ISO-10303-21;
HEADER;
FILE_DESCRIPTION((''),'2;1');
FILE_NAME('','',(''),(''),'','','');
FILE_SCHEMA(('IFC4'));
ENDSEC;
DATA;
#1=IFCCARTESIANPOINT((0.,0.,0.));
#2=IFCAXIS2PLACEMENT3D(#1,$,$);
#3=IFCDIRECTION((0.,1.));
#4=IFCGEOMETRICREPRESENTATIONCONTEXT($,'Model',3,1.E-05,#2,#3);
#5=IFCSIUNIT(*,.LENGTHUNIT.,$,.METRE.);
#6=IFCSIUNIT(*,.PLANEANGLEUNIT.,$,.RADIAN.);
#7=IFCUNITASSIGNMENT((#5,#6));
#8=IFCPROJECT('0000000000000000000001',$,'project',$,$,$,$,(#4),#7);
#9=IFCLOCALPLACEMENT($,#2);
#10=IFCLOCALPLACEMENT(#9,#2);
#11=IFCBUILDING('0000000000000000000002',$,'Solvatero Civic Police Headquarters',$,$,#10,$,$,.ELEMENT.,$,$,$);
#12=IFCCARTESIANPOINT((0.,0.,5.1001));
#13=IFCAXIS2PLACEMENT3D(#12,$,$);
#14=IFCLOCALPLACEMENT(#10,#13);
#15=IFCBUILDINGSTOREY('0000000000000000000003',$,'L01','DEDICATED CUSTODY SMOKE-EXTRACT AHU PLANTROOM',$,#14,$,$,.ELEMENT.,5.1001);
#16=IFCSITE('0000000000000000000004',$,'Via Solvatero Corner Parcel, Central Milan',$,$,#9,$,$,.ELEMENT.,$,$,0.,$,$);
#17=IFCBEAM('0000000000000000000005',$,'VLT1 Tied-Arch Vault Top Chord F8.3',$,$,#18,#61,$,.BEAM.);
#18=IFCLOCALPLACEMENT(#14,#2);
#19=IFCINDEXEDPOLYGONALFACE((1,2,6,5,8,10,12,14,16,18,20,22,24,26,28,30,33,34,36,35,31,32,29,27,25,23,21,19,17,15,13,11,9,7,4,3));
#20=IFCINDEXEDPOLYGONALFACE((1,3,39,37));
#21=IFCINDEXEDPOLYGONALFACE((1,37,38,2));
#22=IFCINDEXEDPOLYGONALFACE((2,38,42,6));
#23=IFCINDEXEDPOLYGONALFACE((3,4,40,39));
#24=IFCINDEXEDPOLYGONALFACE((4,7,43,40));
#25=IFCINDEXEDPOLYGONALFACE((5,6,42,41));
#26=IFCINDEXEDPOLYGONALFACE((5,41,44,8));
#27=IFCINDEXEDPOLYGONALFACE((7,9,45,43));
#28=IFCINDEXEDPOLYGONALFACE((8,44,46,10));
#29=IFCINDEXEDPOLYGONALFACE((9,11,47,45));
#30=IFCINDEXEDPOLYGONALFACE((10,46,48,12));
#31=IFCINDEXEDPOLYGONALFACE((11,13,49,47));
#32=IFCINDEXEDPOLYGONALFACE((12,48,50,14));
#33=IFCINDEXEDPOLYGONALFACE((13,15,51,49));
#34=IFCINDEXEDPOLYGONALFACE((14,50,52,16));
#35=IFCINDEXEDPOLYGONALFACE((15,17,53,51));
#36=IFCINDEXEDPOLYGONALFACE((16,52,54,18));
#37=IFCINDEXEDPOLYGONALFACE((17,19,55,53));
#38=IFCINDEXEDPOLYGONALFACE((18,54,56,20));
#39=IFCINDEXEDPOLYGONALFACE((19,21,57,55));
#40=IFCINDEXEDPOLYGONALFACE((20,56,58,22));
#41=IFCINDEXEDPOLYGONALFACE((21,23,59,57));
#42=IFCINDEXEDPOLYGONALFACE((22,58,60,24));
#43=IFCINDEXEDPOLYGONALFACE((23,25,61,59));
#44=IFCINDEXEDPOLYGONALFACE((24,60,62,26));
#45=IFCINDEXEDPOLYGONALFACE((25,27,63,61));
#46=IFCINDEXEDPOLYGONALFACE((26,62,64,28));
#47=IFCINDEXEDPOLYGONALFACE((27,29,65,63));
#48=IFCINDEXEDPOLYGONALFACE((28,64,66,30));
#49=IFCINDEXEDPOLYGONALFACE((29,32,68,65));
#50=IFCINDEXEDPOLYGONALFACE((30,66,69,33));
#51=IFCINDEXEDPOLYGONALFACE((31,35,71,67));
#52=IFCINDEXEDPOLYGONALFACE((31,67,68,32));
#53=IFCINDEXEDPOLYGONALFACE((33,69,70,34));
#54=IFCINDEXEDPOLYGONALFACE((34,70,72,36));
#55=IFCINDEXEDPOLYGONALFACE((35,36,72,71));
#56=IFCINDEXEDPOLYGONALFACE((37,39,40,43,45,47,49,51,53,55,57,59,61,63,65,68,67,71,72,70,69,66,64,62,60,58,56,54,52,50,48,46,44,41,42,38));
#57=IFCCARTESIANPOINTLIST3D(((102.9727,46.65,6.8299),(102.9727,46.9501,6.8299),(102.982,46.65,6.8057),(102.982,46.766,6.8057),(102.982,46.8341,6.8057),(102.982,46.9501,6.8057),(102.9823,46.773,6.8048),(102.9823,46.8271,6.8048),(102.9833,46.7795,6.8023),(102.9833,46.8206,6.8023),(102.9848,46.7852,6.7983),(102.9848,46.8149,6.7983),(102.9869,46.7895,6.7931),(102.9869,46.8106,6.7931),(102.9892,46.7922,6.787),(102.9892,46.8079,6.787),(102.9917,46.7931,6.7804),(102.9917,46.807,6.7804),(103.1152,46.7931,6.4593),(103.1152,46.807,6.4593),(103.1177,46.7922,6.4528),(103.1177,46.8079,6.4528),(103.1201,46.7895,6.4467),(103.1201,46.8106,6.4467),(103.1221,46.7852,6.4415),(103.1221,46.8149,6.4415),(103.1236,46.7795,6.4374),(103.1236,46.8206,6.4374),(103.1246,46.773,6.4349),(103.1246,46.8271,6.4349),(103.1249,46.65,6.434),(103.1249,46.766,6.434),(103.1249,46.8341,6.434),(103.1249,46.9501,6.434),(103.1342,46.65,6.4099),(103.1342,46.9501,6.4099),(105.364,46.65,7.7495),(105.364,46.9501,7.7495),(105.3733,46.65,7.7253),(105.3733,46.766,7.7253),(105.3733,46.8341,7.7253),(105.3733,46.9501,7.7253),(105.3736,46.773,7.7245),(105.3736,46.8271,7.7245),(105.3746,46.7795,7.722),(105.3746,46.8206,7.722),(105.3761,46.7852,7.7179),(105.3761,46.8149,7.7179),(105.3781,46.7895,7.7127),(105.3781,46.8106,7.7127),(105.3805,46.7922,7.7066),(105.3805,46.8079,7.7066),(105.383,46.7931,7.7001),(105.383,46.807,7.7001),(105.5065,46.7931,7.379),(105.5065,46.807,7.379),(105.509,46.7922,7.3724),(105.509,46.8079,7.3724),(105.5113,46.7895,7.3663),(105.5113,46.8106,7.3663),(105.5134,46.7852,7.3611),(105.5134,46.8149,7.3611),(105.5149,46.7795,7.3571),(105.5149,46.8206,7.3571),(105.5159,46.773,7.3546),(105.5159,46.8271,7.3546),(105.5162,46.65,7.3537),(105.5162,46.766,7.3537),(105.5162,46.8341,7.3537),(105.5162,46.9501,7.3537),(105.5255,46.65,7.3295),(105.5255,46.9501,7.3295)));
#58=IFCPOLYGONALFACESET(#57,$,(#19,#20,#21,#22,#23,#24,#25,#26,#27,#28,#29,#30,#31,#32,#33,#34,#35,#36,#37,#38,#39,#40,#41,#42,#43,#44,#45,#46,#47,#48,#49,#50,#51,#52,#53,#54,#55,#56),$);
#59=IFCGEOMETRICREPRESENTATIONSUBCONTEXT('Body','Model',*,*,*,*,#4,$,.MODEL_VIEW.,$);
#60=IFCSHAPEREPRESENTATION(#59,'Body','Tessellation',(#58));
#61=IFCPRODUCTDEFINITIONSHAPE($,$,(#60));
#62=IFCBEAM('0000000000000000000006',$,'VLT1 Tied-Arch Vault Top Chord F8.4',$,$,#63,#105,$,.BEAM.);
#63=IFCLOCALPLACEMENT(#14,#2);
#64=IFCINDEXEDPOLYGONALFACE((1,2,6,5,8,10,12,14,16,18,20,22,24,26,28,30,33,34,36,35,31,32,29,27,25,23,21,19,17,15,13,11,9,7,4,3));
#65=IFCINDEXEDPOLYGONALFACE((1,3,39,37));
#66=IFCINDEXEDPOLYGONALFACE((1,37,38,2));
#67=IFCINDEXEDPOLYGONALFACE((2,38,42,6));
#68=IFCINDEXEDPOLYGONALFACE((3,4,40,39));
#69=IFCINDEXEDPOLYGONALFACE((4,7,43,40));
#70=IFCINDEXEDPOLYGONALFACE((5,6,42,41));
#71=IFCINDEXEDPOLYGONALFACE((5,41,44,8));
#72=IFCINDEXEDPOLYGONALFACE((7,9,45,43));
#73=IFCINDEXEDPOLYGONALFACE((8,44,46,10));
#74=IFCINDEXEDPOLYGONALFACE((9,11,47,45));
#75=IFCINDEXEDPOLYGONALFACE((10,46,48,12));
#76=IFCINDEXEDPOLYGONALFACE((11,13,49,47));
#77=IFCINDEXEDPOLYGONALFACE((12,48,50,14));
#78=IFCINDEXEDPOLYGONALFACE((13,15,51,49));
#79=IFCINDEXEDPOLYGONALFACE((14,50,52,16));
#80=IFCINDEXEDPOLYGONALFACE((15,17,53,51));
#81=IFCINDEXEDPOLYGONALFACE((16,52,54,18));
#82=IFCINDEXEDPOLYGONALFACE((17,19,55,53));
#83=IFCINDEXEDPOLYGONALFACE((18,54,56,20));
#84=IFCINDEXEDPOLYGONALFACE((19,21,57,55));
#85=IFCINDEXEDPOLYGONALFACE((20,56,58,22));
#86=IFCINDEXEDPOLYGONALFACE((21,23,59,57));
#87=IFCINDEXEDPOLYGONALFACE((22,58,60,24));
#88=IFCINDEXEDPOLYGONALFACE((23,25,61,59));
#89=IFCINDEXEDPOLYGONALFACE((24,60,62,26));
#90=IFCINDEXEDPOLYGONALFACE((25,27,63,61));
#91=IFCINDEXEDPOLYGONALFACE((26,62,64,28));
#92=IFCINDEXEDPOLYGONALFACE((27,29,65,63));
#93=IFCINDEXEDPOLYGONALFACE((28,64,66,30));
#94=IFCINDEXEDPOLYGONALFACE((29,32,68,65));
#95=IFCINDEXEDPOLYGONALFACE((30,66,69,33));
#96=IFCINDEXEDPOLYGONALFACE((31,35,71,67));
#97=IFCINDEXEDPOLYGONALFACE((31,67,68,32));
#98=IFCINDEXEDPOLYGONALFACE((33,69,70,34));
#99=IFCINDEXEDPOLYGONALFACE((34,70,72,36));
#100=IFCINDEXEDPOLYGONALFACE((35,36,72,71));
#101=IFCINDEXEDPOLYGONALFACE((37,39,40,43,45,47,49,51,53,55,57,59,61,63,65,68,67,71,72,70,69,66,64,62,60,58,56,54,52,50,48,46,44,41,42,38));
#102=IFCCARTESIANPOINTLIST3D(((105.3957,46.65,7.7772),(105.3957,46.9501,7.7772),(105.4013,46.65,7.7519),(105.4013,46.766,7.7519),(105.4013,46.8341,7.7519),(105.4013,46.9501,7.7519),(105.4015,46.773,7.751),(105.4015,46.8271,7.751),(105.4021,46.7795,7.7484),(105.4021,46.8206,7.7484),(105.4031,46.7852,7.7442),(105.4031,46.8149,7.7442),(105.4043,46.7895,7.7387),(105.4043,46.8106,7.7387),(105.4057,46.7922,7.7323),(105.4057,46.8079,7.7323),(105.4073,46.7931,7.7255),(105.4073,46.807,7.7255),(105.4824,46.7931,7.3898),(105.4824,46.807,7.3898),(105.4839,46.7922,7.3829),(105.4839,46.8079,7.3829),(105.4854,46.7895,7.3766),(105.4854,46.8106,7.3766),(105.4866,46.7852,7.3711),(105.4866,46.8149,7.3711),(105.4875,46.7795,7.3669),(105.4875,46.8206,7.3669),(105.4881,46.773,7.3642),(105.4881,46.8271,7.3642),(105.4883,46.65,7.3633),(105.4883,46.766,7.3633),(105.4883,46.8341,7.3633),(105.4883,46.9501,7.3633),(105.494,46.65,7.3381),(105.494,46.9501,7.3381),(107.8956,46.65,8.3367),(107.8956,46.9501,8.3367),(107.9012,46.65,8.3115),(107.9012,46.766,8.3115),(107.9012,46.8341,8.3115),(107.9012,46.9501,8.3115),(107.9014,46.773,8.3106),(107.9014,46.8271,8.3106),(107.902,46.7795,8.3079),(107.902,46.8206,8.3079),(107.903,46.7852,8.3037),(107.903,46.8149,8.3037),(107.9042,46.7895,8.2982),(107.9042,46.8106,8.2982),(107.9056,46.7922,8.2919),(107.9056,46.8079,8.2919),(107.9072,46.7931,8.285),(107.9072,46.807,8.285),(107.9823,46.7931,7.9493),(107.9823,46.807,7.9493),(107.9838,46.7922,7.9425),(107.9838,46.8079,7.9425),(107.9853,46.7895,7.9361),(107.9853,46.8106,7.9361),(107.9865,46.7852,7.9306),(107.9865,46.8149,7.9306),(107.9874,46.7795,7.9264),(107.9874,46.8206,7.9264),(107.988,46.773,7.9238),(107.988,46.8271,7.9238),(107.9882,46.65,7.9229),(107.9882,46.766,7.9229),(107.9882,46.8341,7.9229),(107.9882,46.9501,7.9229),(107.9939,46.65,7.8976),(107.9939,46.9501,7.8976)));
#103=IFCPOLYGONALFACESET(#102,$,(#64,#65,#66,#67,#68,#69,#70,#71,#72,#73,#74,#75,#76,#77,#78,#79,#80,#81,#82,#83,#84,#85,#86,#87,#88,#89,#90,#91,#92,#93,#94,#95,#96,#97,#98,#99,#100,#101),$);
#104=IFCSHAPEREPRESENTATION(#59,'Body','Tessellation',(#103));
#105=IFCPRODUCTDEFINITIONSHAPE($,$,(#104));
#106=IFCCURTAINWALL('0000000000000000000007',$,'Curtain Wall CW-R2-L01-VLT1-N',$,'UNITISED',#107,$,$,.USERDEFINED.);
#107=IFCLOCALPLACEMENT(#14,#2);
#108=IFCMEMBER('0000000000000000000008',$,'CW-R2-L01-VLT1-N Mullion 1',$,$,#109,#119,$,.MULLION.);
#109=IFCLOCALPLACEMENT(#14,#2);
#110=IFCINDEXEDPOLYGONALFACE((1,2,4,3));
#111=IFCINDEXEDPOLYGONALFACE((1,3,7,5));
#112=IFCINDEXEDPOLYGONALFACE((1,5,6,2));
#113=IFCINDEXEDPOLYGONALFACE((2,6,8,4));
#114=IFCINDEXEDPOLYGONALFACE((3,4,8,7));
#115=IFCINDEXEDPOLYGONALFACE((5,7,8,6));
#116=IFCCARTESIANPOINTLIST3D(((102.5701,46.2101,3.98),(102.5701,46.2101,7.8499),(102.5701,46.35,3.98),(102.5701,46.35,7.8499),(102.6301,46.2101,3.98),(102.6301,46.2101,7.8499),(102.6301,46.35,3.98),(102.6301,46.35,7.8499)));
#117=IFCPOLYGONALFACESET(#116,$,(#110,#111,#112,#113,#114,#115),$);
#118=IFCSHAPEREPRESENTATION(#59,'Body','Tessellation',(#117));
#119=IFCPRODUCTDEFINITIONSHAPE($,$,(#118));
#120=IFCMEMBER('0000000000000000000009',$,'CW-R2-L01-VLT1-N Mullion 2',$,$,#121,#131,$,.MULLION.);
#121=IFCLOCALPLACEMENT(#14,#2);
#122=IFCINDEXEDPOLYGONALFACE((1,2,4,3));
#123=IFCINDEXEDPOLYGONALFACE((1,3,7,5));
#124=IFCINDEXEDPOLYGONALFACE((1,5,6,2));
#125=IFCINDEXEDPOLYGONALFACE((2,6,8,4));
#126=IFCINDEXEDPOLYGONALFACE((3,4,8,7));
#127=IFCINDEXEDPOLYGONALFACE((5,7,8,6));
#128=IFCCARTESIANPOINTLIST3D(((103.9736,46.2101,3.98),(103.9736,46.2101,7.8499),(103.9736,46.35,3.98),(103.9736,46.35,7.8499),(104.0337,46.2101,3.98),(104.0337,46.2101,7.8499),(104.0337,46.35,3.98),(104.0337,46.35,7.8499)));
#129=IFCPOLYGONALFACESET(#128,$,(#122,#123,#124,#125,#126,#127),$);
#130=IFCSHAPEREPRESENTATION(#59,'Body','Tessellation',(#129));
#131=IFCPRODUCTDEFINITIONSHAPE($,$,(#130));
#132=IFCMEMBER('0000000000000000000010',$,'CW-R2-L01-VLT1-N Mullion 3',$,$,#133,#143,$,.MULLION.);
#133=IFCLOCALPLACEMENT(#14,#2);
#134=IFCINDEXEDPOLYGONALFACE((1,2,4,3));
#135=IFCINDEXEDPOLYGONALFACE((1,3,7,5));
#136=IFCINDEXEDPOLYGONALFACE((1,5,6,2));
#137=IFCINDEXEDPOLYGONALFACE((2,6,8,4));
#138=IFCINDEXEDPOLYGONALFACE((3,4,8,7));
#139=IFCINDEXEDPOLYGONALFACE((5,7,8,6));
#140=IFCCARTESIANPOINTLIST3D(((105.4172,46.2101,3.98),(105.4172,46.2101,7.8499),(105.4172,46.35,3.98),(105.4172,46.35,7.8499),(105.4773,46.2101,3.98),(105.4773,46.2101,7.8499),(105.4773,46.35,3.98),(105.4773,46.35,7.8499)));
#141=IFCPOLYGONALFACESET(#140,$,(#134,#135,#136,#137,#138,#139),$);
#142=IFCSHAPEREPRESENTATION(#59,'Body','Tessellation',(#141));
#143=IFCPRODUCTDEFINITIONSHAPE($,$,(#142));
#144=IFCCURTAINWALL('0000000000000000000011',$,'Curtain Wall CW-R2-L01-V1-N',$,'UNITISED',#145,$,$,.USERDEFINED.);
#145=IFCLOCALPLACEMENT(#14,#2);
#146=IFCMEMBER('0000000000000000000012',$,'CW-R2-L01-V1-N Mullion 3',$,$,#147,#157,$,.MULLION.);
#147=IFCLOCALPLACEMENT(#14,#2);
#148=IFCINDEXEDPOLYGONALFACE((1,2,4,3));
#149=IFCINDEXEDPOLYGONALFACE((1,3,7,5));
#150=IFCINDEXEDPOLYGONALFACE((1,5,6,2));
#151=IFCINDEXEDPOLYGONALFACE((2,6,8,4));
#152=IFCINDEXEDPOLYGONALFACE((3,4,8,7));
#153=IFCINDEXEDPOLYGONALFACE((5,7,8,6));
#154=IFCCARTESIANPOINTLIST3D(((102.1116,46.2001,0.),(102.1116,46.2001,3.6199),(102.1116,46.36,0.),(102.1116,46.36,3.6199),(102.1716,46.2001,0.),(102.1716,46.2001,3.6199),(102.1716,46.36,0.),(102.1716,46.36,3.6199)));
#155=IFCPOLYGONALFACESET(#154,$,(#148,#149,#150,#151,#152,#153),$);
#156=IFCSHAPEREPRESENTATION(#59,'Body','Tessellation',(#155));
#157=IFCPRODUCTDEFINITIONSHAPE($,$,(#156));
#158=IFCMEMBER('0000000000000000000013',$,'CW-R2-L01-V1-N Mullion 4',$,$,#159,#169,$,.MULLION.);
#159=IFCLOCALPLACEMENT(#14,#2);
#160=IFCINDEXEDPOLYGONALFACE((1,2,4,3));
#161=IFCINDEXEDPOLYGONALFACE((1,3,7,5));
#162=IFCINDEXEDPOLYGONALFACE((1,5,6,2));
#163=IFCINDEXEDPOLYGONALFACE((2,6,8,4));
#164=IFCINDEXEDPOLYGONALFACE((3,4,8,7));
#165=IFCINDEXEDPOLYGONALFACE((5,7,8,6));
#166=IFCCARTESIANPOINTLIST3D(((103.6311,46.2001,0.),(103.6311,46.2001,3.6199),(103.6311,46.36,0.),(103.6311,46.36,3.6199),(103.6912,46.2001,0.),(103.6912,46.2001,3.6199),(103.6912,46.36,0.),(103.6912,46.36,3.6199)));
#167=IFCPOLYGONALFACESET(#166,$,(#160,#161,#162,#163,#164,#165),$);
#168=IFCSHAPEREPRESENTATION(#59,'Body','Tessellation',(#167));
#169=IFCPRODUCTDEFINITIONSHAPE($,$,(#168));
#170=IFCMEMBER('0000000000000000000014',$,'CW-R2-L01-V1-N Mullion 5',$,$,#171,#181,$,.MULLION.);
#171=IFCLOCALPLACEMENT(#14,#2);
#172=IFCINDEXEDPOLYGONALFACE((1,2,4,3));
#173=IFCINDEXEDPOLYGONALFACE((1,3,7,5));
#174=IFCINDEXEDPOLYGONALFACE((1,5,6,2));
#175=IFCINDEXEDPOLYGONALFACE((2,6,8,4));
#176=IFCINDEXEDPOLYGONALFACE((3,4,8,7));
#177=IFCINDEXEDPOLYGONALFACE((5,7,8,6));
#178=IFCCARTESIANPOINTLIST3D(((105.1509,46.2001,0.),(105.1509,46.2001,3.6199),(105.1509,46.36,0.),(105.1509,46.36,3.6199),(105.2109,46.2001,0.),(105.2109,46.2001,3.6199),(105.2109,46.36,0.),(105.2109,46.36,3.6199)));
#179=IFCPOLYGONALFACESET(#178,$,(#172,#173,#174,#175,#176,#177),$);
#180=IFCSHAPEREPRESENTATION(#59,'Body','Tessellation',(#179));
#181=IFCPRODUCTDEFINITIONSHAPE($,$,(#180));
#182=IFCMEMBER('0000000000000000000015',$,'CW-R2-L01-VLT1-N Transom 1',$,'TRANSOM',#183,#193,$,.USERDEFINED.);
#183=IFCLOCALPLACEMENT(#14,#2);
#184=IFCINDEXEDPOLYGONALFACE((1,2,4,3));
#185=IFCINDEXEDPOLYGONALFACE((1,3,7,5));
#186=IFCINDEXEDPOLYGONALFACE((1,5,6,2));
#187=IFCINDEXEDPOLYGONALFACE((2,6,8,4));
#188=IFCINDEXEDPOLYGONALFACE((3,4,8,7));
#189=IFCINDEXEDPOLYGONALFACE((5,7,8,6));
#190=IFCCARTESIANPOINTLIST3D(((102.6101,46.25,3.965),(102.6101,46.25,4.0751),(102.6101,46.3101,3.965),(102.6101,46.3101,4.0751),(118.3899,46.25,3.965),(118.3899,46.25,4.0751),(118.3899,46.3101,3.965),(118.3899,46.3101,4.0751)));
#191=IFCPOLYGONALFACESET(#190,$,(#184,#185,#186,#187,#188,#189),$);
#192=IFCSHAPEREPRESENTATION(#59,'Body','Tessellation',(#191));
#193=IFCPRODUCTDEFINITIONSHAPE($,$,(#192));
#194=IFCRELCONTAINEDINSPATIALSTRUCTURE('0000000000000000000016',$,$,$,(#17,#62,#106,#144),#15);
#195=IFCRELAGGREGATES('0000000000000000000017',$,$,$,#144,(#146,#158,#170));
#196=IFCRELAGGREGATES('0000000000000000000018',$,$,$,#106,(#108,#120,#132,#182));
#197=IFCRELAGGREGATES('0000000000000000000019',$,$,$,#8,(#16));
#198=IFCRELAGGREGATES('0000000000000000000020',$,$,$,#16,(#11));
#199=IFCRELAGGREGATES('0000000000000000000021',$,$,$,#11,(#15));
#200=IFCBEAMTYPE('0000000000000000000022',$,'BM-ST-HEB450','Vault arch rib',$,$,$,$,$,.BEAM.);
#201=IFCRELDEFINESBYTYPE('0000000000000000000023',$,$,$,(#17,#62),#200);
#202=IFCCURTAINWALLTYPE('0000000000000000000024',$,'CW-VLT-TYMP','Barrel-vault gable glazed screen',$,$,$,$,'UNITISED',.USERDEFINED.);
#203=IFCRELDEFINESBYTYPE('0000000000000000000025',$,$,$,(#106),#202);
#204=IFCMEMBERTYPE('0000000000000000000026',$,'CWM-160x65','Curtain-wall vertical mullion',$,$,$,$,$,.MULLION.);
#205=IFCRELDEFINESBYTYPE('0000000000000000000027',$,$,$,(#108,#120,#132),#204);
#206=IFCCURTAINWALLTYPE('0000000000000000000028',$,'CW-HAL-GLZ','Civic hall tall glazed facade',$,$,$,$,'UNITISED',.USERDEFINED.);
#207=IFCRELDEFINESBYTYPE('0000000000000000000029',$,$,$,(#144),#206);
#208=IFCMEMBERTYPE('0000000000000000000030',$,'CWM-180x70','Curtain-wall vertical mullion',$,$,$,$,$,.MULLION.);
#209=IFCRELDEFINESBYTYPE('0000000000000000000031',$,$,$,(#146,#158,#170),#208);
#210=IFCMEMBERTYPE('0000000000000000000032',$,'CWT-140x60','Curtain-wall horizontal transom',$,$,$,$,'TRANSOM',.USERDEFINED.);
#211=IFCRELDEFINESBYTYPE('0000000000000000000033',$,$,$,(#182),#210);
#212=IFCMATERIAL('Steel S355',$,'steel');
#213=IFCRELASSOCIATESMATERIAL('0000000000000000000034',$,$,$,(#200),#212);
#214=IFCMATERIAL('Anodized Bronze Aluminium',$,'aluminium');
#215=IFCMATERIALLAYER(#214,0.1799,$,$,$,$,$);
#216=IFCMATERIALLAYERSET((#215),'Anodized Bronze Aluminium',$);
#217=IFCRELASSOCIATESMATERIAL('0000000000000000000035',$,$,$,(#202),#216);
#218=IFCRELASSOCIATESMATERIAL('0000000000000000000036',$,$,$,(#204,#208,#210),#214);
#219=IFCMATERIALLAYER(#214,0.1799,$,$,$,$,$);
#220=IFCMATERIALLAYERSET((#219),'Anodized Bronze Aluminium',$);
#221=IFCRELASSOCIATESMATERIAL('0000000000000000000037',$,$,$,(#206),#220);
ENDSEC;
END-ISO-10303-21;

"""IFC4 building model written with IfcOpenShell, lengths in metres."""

from ifc_helpers import new_model, si_unit, direction, frame, origin, origin_2d, place, context, subcontext, project, spatial, rectangle, i_section, extrude, material, layer, layer_set, material_profile, profile_set, type_object, element, aggregate, save


model = new_model("IFC4")

# Units and contexts
model_context = context("Model", 3, precision=1e-05, world=origin(), true_north=direction((0.0, 1.0)))
body_context = subcontext(model_context, "Body", "Model", "MODEL_VIEW")
ifc_project = project(units=[si_unit("LENGTHUNIT", "METRE"), si_unit("PLANEANGLEUNIT", "RADIAN")], contexts=[model_context])

# Site, building, storey
site_placement = place(None, origin())
site = spatial("IfcSite", under=ifc_project, at=site_placement, Name="Via Solvatero Corner Parcel, Central Milan", CompositionType="ELEMENT", RefElevation=0.0)
building_placement = place(site_placement, origin())
building = spatial("IfcBuilding", under=site, at=building_placement, Name="Solvatero Civic Police Headquarters", CompositionType="ELEMENT")
storey_placement = place(building_placement, frame((0.0, 0.0, 5.1001)))
storey = spatial("IfcBuildingStorey", under=building, at=storey_placement, Name="L01", Description="DEDICATED CUSTODY SMOKE-EXTRACT AHU PLANTROOM", CompositionType="ELEMENT", Elevation=5.1001)

# Beams
ifc_material_1 = material(Name="Steel S355", Category="steel")
ifc_material_profile_1 = material_profile(ifc_material_1, i_section(OverallWidth=0.3, OverallDepth=0.45, WebThickness=0.0139, FlangeThickness=0.0259, FilletRadius=0.0271, at=origin_2d()), Name="HEB 450")
ifc_profile_set_1 = profile_set([ifc_material_profile_1], Name="Steel S355")
beam_type = type_object("IfcBeamType", Name="BM-ST-HEB450", Description="Vault arch rib", PredefinedType="BEAM", material=ifc_profile_set_1)
beam_1_placement = place(storey_placement, frame((103.0535, 46.8, 6.6199), z_axis=(0.933355, 0.0, 0.358954), x_axis=(0.0, 1.0, 0.0)))
element("IfcBeam", 1, at=beam_1_placement, inside=storey, type_object=beam_type, Name="VLT1 Tied-Arch Vault Top Chord F8.3", PredefinedType="BEAM", context=body_context, shape_type="SweptSolid", body=[
    extrude(i_section(OverallWidth=0.3, OverallDepth=0.45, WebThickness=0.0139, FlangeThickness=0.0259, FilletRadius=0.0271, at=origin_2d()), origin(), (0.0, 0.0, 1.0), 2.562),
])
beam_2_placement = place(storey_placement, frame((105.4448, 46.8, 7.5576), z_axis=(0.975854, 0.0, 0.218424), x_axis=(0.0, 1.0, 0.0)))
element("IfcBeam", 2, at=beam_2_placement, inside=storey, type_object=beam_type, Name="VLT1 Tied-Arch Vault Top Chord F8.4", PredefinedType="BEAM", context=body_context, shape_type="SweptSolid", body=[
    extrude(i_section(OverallWidth=0.3, OverallDepth=0.45, WebThickness=0.0139, FlangeThickness=0.0259, FilletRadius=0.0271, at=origin_2d()), origin(), (0.0, 0.0, 1.0), 2.5618),
])

# Curtain walls, members
ifc_material_2 = material(Name="Anodized Bronze Aluminium", Category="aluminium")
ifc_layer_1 = layer(ifc_material_2, 0.1799)
ifc_layer_set_1 = layer_set([ifc_layer_1], Name="Anodized Bronze Aluminium")
curtain_wall_type_1 = type_object("IfcCurtainWallType", Name="CW-VLT-TYMP", Description="Barrel-vault gable glazed screen", ElementType="UNITISED", PredefinedType="USERDEFINED", material=ifc_layer_set_1)
curtain_wall_1_placement = place(storey_placement, origin())
curtain_wall_1 = element("IfcCurtainWall", 3, at=curtain_wall_1_placement, inside=storey, type_object=curtain_wall_type_1, Name="Curtain Wall CW-R2-L01-VLT1-N", ObjectType="UNITISED", PredefinedType="USERDEFINED")
ifc_material_profile_2 = material_profile(ifc_material_2, rectangle(XDim=0.0601, YDim=0.1399, at=origin_2d()), Name="ALU MULLION 60x140")
ifc_profile_set_2 = profile_set([ifc_material_profile_2], Name="Anodized Bronze Aluminium")
member_type_1 = type_object("IfcMemberType", Name="CWM-160x65", Description="Curtain-wall vertical mullion", PredefinedType="MULLION", material=ifc_profile_set_2)
member_1_placement = place(storey_placement, frame((102.6001, 46.28, 3.98), z_axis=(0.0, 0.0, 1.0), x_axis=(1.0, 0.0, 0.0)))
member_1 = element("IfcMember", 4, at=member_1_placement, type_object=member_type_1, Name="CW-R2-L01-VLT1-N Mullion 1", PredefinedType="MULLION", context=body_context, shape_type="SweptSolid", body=[
    extrude(rectangle(XDim=0.0601, YDim=0.1399, at=origin_2d()), origin(), (0.0, 0.0, 1.0), 3.8699),
])
member_2_placement = place(storey_placement, frame((104.0037, 46.28, 3.98), z_axis=(0.0, 0.0, 1.0), x_axis=(1.0, 0.0, 0.0)))
member_2 = element("IfcMember", 5, at=member_2_placement, type_object=member_type_1, Name="CW-R2-L01-VLT1-N Mullion 2", PredefinedType="MULLION", context=body_context, shape_type="SweptSolid", body=[
    extrude(rectangle(XDim=0.0601, YDim=0.1399, at=origin_2d()), origin(), (0.0, 0.0, 1.0), 3.8699),
])
member_3_placement = place(storey_placement, frame((105.4473, 46.28, 3.98), z_axis=(0.0, 0.0, 1.0), x_axis=(1.0, 0.0, 0.0)))
member_3 = element("IfcMember", 6, at=member_3_placement, type_object=member_type_1, Name="CW-R2-L01-VLT1-N Mullion 3", PredefinedType="MULLION", context=body_context, shape_type="SweptSolid", body=[
    extrude(rectangle(XDim=0.0601, YDim=0.1399, at=origin_2d()), origin(), (0.0, 0.0, 1.0), 3.8699),
])
ifc_layer_2 = layer(ifc_material_2, 0.1799)
ifc_layer_set_2 = layer_set([ifc_layer_2], Name="Anodized Bronze Aluminium")
curtain_wall_type_2 = type_object("IfcCurtainWallType", Name="CW-HAL-GLZ", Description="Civic hall tall glazed facade", ElementType="UNITISED", PredefinedType="USERDEFINED", material=ifc_layer_set_2)
curtain_wall_2_placement = place(storey_placement, origin())
curtain_wall_2 = element("IfcCurtainWall", 7, at=curtain_wall_2_placement, inside=storey, type_object=curtain_wall_type_2, Name="Curtain Wall CW-R2-L01-V1-N", ObjectType="UNITISED", PredefinedType="USERDEFINED")
ifc_material_profile_3 = material_profile(ifc_material_2, rectangle(XDim=0.0601, YDim=0.1599, at=origin_2d()), Name="ALU MULLION 60x160")
ifc_profile_set_3 = profile_set([ifc_material_profile_3], Name="Anodized Bronze Aluminium")
member_type_2 = type_object("IfcMemberType", Name="CWM-180x70", Description="Curtain-wall vertical mullion", PredefinedType="MULLION", material=ifc_profile_set_3)
member_4_placement = place(storey_placement, frame((102.1416, 46.28, 0.0), z_axis=(0.0, 0.0, 1.0), x_axis=(1.0, 0.0, 0.0)))
member_4 = element("IfcMember", 8, at=member_4_placement, type_object=member_type_2, Name="CW-R2-L01-V1-N Mullion 3", PredefinedType="MULLION", context=body_context, shape_type="SweptSolid", body=[
    extrude(rectangle(XDim=0.0601, YDim=0.1599, at=origin_2d()), origin(), (0.0, 0.0, 1.0), 3.6199),
])
member_5_placement = place(storey_placement, frame((103.6611, 46.28, 0.0), z_axis=(0.0, 0.0, 1.0), x_axis=(1.0, 0.0, 0.0)))
member_5 = element("IfcMember", 9, at=member_5_placement, type_object=member_type_2, Name="CW-R2-L01-V1-N Mullion 4", PredefinedType="MULLION", context=body_context, shape_type="SweptSolid", body=[
    extrude(rectangle(XDim=0.0601, YDim=0.1599, at=origin_2d()), origin(), (0.0, 0.0, 1.0), 3.6199),
])
member_6_placement = place(storey_placement, frame((105.1809, 46.28, 0.0), z_axis=(0.0, 0.0, 1.0), x_axis=(1.0, 0.0, 0.0)))
member_6 = element("IfcMember", 10, at=member_6_placement, type_object=member_type_2, Name="CW-R2-L01-V1-N Mullion 5", PredefinedType="MULLION", context=body_context, shape_type="SweptSolid", body=[
    extrude(rectangle(XDim=0.0601, YDim=0.1599, at=origin_2d()), origin(), (0.0, 0.0, 1.0), 3.6199),
])

# Member
ifc_material_profile_4 = material_profile(ifc_material_2, rectangle(XDim=0.0601, YDim=0.1101, at=origin_2d()), Name="ALU TRANSOM 60x110")
ifc_profile_set_4 = profile_set([ifc_material_profile_4], Name="Anodized Bronze Aluminium")
member_type_3 = type_object("IfcMemberType", Name="CWT-140x60", Description="Curtain-wall horizontal transom", ElementType="TRANSOM", PredefinedType="USERDEFINED", material=ifc_profile_set_4)
member_7_placement = place(storey_placement, frame((102.6101, 46.28, 4.02), z_axis=(1.0, 0.0, 0.0), x_axis=(0.0, 1.0, 0.0)))
member_7 = element("IfcMember", 11, at=member_7_placement, type_object=member_type_3, Name="CW-R2-L01-VLT1-N Transom 1", ObjectType="TRANSOM", PredefinedType="USERDEFINED", context=body_context, shape_type="SweptSolid", body=[
    extrude(rectangle(XDim=0.0601, YDim=0.1101, at=origin_2d()), origin(), (0.0, 0.0, 1.0), 15.7798),
])

aggregate(curtain_wall_2, [member_4, member_5, member_6])
aggregate(curtain_wall_1, [member_1, member_2, member_3, member_7])

save(model, "model.ifc")
